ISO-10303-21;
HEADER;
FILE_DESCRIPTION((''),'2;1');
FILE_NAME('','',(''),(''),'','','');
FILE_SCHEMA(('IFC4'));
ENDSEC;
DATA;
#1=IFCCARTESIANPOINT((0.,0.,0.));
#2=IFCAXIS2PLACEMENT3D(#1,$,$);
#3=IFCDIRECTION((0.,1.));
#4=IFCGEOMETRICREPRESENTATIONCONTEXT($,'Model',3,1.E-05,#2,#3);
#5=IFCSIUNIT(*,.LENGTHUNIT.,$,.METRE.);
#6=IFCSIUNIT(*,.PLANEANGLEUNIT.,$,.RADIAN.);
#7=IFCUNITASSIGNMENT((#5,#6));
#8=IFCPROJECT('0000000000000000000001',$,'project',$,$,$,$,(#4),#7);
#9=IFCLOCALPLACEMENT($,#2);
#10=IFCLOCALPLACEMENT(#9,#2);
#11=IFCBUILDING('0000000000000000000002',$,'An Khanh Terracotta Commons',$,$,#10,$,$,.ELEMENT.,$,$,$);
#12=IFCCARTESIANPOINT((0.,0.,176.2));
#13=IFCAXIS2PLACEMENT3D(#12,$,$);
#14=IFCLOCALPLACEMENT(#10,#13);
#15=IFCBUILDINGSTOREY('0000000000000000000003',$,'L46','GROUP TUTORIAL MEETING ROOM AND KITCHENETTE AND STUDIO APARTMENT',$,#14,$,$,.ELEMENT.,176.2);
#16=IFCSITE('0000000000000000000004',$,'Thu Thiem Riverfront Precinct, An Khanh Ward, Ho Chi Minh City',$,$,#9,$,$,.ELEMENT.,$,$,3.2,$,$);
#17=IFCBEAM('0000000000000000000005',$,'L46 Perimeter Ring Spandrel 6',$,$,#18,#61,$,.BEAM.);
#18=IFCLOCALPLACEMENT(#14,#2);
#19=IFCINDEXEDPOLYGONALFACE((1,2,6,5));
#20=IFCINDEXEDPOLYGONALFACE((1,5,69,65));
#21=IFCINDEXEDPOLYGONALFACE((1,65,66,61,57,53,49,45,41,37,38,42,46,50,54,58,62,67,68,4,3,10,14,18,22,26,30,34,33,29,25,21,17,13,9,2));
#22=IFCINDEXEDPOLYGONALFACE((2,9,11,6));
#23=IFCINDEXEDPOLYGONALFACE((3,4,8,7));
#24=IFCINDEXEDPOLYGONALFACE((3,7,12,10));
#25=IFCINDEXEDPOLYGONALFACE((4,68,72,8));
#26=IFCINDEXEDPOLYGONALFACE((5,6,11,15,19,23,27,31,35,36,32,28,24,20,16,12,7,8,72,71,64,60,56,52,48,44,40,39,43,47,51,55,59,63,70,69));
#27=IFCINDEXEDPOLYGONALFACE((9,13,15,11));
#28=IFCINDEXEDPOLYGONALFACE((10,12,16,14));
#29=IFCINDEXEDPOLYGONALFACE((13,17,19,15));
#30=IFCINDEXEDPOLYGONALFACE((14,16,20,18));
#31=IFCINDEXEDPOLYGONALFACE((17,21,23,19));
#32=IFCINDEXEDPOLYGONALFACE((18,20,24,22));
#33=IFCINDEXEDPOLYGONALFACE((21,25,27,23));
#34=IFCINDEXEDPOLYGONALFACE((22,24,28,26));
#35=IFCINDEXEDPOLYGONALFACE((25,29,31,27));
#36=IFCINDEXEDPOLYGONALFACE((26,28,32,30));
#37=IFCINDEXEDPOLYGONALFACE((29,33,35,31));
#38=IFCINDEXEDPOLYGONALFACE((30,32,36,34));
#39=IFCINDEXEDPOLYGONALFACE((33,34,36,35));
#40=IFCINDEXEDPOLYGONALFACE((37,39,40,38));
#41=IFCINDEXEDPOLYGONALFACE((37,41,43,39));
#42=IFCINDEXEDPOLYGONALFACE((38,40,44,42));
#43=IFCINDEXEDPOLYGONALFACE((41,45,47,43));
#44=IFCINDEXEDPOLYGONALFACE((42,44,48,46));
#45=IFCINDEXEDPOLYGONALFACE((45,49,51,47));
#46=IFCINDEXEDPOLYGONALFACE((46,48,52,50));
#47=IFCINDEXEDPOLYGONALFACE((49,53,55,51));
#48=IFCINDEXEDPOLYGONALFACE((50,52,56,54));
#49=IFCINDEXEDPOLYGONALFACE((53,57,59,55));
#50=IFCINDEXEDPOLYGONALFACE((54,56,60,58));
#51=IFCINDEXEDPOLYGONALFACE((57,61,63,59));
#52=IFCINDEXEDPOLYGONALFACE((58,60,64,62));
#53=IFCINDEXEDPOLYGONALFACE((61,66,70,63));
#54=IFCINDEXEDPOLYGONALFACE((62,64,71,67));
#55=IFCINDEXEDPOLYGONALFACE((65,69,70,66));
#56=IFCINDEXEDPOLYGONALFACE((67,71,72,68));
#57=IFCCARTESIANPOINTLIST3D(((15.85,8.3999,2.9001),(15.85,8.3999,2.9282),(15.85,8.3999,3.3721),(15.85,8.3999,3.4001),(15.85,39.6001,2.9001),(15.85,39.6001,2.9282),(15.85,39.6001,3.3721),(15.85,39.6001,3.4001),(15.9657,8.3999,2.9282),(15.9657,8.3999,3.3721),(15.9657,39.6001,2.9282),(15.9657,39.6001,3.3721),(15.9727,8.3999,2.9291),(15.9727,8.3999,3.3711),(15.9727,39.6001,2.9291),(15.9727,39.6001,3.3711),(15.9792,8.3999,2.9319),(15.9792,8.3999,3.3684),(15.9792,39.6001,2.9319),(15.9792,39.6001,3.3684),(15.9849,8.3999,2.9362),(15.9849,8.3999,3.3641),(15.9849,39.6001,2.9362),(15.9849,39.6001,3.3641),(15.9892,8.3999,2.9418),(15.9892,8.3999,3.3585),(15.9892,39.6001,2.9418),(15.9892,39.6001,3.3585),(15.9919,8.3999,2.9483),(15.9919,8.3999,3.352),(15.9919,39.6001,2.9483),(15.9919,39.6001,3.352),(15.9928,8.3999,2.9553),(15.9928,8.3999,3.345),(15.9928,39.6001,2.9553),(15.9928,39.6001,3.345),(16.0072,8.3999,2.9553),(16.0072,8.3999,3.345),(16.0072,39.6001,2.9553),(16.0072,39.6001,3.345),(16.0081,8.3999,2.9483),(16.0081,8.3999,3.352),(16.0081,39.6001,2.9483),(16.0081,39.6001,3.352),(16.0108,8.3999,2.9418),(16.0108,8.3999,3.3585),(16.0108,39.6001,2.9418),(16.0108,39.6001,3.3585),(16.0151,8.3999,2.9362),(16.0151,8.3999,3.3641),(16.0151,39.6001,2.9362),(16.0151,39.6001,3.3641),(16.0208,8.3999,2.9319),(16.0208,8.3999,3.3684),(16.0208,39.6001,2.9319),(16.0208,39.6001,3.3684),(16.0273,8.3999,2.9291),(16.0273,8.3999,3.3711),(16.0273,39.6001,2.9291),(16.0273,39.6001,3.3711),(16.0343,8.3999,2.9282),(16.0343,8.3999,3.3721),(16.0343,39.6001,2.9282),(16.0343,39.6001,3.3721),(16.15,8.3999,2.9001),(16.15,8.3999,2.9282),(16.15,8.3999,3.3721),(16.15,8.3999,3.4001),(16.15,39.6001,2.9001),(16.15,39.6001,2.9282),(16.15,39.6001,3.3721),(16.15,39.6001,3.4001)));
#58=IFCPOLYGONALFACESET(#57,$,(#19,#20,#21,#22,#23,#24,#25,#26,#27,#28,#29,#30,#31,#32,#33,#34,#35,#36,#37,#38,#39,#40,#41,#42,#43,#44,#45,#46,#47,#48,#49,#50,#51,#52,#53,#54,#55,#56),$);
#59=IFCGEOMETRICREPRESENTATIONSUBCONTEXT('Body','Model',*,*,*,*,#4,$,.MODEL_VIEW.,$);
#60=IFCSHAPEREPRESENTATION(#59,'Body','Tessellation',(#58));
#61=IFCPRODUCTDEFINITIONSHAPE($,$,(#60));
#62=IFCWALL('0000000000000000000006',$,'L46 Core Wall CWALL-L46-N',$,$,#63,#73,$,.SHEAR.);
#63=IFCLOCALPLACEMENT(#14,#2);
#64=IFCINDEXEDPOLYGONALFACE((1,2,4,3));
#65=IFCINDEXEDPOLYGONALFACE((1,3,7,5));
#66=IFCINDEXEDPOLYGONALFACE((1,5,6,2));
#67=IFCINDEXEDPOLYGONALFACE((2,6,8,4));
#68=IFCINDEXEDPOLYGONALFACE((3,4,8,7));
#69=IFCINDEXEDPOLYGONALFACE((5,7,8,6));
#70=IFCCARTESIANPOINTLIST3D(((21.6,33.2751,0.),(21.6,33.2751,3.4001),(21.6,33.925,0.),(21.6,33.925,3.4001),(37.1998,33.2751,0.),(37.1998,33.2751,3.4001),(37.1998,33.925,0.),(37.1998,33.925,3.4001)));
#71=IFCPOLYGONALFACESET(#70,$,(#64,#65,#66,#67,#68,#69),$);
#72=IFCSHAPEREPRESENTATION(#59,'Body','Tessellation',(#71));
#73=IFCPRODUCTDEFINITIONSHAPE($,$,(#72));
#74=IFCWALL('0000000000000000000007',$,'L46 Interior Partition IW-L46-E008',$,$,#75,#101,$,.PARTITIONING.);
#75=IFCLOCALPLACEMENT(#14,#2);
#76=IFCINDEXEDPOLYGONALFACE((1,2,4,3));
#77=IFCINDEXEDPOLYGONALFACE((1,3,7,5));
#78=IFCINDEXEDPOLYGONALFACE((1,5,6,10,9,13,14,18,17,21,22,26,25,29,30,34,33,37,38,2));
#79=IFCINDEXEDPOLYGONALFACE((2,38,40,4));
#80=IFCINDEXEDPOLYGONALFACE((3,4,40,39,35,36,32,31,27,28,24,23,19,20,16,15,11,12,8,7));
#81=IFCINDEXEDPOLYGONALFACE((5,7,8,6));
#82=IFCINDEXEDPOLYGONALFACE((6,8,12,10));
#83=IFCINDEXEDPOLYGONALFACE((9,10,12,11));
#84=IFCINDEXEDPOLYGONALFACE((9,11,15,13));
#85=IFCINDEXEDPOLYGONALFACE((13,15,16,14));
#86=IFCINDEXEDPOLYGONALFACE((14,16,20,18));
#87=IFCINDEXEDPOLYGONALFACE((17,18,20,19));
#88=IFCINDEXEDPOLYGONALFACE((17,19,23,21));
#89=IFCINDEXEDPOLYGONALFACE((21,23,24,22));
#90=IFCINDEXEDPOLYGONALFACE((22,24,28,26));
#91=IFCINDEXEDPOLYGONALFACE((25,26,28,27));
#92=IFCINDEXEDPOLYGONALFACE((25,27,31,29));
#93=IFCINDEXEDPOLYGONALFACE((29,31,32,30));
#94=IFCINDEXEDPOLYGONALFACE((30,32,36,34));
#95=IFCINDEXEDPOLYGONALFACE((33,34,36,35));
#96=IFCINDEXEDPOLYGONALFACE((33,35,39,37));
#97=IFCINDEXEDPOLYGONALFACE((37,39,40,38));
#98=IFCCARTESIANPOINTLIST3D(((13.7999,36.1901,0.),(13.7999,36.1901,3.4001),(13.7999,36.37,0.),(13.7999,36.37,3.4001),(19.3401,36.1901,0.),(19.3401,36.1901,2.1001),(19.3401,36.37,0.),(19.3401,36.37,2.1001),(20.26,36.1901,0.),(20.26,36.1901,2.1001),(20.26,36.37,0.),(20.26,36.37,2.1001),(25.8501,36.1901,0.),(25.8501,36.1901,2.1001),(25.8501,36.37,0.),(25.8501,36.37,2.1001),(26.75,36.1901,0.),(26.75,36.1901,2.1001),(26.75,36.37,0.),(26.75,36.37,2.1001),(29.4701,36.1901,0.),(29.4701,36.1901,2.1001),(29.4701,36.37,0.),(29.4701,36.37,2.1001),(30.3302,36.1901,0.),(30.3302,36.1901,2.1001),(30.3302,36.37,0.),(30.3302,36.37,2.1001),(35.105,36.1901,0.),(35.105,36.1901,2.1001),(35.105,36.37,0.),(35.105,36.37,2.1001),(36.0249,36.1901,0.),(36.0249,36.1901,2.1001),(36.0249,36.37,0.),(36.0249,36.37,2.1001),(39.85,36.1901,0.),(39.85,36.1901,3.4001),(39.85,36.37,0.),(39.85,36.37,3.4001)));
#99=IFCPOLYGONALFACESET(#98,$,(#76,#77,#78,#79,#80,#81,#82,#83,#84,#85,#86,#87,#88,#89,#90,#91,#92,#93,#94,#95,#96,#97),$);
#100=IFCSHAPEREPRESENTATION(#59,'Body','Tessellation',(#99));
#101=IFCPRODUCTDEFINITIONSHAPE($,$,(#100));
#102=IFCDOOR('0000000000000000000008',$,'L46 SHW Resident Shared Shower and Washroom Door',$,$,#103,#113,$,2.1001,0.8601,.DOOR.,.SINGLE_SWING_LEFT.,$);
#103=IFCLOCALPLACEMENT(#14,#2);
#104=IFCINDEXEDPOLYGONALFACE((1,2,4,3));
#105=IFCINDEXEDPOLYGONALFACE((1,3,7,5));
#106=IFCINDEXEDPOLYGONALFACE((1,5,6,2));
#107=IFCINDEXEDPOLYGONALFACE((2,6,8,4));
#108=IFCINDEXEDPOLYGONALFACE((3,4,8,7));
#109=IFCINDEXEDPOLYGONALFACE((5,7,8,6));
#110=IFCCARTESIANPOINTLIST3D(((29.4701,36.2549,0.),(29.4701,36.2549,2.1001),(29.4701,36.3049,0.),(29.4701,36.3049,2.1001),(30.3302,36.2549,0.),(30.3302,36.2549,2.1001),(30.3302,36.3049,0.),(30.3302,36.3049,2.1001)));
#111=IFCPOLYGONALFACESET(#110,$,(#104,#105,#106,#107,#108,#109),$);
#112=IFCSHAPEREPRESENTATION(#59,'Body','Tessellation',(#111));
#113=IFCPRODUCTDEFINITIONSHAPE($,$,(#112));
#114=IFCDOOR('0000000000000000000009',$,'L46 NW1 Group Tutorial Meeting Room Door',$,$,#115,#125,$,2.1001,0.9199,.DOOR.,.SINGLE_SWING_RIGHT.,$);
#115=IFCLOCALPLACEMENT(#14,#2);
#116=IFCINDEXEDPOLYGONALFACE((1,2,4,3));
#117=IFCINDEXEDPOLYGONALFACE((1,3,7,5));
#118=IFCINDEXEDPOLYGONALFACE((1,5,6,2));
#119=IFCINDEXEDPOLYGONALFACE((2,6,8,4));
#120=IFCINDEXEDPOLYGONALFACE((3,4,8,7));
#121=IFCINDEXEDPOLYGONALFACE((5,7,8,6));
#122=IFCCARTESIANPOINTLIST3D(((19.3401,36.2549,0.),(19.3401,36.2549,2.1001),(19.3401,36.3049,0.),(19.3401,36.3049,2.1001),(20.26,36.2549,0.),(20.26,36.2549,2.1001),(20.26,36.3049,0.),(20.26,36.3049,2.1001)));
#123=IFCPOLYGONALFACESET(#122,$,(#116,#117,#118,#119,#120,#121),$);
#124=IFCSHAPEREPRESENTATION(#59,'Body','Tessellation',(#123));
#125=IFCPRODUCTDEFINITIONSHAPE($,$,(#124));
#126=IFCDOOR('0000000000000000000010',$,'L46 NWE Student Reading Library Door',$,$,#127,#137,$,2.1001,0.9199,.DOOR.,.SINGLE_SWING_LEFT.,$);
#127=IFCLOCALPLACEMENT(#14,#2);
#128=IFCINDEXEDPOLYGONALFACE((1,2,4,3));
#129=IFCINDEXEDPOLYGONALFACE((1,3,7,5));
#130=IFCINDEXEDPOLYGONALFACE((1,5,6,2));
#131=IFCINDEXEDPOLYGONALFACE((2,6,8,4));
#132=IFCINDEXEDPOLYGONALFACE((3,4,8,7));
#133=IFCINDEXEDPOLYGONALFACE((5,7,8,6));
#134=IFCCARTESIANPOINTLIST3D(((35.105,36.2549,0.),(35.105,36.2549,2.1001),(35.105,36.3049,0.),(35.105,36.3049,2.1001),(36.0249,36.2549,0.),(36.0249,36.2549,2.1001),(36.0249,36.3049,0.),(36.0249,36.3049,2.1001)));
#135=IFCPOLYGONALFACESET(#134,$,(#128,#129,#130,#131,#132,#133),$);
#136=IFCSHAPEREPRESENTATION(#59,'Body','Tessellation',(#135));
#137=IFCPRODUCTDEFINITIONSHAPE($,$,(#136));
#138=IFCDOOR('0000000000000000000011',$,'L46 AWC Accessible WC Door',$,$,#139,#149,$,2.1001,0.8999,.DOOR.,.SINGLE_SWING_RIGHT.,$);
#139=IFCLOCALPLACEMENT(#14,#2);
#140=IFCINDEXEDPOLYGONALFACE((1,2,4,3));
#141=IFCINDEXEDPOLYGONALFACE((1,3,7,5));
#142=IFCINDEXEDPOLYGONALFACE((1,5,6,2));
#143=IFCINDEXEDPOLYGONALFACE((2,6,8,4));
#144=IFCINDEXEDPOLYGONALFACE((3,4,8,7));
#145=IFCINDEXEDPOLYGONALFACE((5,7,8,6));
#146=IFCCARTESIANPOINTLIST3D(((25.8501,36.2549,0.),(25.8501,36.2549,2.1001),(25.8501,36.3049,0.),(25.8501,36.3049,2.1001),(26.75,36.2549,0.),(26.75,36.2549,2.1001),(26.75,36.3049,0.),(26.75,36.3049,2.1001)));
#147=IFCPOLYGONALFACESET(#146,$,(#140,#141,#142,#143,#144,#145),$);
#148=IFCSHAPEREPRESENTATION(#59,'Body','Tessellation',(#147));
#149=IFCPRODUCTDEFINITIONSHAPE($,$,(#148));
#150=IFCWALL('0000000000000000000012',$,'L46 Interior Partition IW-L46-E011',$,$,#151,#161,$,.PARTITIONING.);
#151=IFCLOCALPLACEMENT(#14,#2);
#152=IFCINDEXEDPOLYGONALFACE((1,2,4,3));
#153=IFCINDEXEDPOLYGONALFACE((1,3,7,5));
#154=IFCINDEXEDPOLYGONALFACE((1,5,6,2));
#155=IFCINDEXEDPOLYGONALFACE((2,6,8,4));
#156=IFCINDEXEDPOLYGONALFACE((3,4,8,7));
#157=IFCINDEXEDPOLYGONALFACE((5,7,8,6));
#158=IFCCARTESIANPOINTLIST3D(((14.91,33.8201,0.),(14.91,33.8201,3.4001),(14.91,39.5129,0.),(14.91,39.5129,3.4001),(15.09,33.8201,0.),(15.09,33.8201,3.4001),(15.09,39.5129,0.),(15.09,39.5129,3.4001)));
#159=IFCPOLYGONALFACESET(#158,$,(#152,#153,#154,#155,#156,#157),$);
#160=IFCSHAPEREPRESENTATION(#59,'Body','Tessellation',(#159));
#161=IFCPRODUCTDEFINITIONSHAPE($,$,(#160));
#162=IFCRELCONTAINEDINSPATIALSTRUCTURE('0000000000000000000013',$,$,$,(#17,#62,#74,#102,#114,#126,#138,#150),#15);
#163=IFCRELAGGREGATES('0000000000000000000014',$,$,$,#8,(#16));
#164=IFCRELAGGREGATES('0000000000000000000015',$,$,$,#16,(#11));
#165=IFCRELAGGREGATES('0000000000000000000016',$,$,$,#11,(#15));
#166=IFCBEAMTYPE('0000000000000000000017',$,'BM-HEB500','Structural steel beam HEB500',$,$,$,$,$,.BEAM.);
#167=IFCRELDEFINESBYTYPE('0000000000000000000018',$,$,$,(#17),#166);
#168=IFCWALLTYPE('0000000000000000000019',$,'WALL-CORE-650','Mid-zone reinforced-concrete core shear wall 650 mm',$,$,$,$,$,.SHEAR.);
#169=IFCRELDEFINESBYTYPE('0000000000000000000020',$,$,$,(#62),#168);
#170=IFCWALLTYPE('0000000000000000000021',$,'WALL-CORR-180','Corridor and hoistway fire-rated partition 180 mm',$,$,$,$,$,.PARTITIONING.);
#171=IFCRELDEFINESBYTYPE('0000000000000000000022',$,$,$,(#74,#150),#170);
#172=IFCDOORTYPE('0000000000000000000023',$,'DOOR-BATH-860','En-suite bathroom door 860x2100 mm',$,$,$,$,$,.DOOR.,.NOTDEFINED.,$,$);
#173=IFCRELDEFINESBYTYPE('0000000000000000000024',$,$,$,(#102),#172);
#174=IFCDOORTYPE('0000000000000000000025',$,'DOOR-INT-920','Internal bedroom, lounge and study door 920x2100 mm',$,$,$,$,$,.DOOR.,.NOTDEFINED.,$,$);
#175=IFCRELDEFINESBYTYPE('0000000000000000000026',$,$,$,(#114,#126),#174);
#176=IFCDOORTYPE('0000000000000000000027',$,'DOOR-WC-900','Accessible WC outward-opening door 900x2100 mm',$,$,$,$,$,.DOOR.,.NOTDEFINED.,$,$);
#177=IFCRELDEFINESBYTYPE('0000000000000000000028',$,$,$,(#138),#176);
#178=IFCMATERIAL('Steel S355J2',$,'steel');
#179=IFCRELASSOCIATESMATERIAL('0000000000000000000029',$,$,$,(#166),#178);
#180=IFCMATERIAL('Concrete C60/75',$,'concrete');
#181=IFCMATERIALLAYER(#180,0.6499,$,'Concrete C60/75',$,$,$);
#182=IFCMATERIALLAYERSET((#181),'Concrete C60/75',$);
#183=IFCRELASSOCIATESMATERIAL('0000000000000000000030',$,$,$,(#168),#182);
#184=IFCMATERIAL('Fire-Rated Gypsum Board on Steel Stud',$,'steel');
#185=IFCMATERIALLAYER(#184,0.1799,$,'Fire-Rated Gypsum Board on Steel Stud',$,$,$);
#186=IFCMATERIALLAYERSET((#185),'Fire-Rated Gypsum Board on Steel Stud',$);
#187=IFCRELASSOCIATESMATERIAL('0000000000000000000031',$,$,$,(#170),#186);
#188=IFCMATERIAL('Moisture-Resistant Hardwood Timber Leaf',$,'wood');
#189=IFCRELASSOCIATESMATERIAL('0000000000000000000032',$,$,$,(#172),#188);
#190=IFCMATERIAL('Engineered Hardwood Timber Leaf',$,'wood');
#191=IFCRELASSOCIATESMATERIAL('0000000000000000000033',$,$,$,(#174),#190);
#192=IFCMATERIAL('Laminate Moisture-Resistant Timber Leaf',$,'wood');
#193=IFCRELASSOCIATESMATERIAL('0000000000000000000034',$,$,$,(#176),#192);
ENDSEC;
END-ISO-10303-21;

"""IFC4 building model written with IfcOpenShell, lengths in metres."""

from ifc_helpers import new_model, si_unit, direction, frame, frame_2d, origin, origin_2d, place, context, subcontext, project, spatial, rectangle, i_section, extrude, material, layer, layer_set, material_profile, profile_set, type_object, element, fill, save


model = new_model("IFC4")

# Units and contexts
model_context = context("Model", 3, precision=1e-05, world=origin(), true_north=direction((0.0, 1.0)))
body_context = subcontext(model_context, "Body", "Model", "MODEL_VIEW")
ifc_project = project(units=[si_unit("LENGTHUNIT", "METRE"), si_unit("PLANEANGLEUNIT", "RADIAN")], contexts=[model_context])

# Site, building, storey
site_placement = place(None, origin())
site = spatial("IfcSite", under=ifc_project, at=site_placement, Name="Thu Thiem Riverfront Precinct, An Khanh Ward, Ho Chi Minh City", CompositionType="ELEMENT", RefElevation=3.2)
building_placement = place(site_placement, origin())
building = spatial("IfcBuilding", under=site, at=building_placement, Name="An Khanh Terracotta Commons", CompositionType="ELEMENT")
storey_placement = place(building_placement, frame((0.0, 0.0, 176.2)))
storey = spatial("IfcBuildingStorey", under=building, at=storey_placement, Name="L46", Description="GROUP TUTORIAL MEETING ROOM AND KITCHENETTE AND STUDIO APARTMENT", CompositionType="ELEMENT", Elevation=176.2)

# Shared definitions
ifc_material_1 = material(Name="Concrete C60/75", Category="concrete")

# Beam
ifc_material_2 = material(Name="Steel S355J2", Category="steel")
ifc_material_profile_1 = material_profile(ifc_material_2, i_section(OverallWidth=0.3, OverallDepth=0.5, WebThickness=0.0144, FlangeThickness=0.0281, FilletRadius=0.0271, at=origin_2d()), Name="HEB500")
ifc_profile_set_1 = profile_set([ifc_material_profile_1], Name="Steel S355J2")
beam_type_1 = type_object("IfcBeamType", Name="BM-HEB500", Description="Structural steel beam HEB500", PredefinedType="BEAM", material=ifc_profile_set_1)
beam_1_placement = place(storey_placement, frame((16.0, 39.6001, 3.1501), z_axis=(0.0, -1.0, 0.0), x_axis=(1.0, 0.0, 0.0)))
element("IfcBeam", 1, at=beam_1_placement, inside=storey, type_object=beam_type_1, Name="L46 Perimeter Ring Spandrel 6", PredefinedType="BEAM", context=body_context, shape_type="SweptSolid", body=[
    extrude(i_section(OverallWidth=0.3, OverallDepth=0.5, WebThickness=0.0144, FlangeThickness=0.0281, FilletRadius=0.0271, at=origin_2d()), origin(), (0.0, 0.0, 1.0), 31.2002),
])

# Wall
ifc_layer_1 = layer(ifc_material_1, 0.6499, Name="Concrete C60/75")
ifc_layer_set_1 = layer_set([ifc_layer_1], Name="Concrete C60/75")
wall_type_1 = type_object("IfcWallType", Name="WALL-CORE-650", Description="Mid-zone reinforced-concrete core shear wall 650 mm", PredefinedType="SHEAR", material=ifc_layer_set_1)
wall_1_placement = place(storey_placement, frame((21.6001, 33.6001, 0.0), z_axis=(0.0, 0.0, 1.0), x_axis=(1.0, 0.0, 0.0)))
element("IfcWall", 2, at=wall_1_placement, inside=storey, type_object=wall_type_1, Name="L46 Core Wall CWALL-L46-N", PredefinedType="SHEAR", context=body_context, shape_type="SweptSolid", body=[
    extrude(rectangle(XDim=15.5999, YDim=0.6499, at=frame_2d((7.7998, 0.0))), origin(), (0.0, 0.0, 1.0), 3.4001),
])

# Wall, openings, doors
ifc_material_3 = material(Name="Fire-Rated Gypsum Board on Steel Stud", Category="steel")
ifc_layer_2 = layer(ifc_material_3, 0.1799, Name="Fire-Rated Gypsum Board on Steel Stud")
ifc_layer_set_2 = layer_set([ifc_layer_2], Name="Fire-Rated Gypsum Board on Steel Stud")
wall_type_2 = type_object("IfcWallType", Name="WALL-CORR-180", Description="Corridor and hoistway fire-rated partition 180 mm", PredefinedType="PARTITIONING", material=ifc_layer_set_2)
wall_2_placement = place(storey_placement, frame((13.8, 36.28, 0.0), z_axis=(0.0, 0.0, 1.0), x_axis=(1.0, 0.0, 0.0)))
wall_2 = element("IfcWall", 3, at=wall_2_placement, inside=storey, type_object=wall_type_2, Name="L46 Interior Partition IW-L46-E008", PredefinedType="PARTITIONING", context=body_context, shape_type="SweptSolid", body=[
    extrude(rectangle(XDim=26.05, YDim=0.1799, at=frame_2d((13.0249, 0.0))), origin(), (0.0, 0.0, 1.0), 3.4001),
])
opening_1_placement = place(wall_2_placement, frame((12.05, 0.0, 0.0)))
opening_1 = element("IfcOpeningElement", 4, at=opening_1_placement, cuts=wall_2, PredefinedType="OPENING", context=body_context, shape_type="SweptSolid", body=[
    extrude(rectangle(XDim=0.8999, YDim=2.1001, at=frame_2d((0.45, 1.05))), frame((0.0, 0.0999, 0.0), z_axis=(0.0, -1.0, 0.0), x_axis=(1.0, 0.0, 0.0)), (0.0, 0.0, 1.0), 0.2),
])
opening_2_placement = place(wall_2_placement, frame((15.6699, 0.0, 0.0)))
opening_2 = element("IfcOpeningElement", 5, at=opening_2_placement, cuts=wall_2, PredefinedType="OPENING", context=body_context, shape_type="SweptSolid", body=[
    extrude(rectangle(XDim=0.8601, YDim=2.1001, at=frame_2d((0.4302, 1.05))), frame((0.0, 0.0999, 0.0), z_axis=(0.0, -1.0, 0.0), x_axis=(1.0, 0.0, 0.0)), (0.0, 0.0, 1.0), 0.2),
])
opening_3_placement = place(wall_2_placement, frame((5.54, 0.0, 0.0)))
opening_3 = element("IfcOpeningElement", 6, at=opening_3_placement, cuts=wall_2, PredefinedType="OPENING", context=body_context, shape_type="SweptSolid", body=[
    extrude(rectangle(XDim=0.9199, YDim=2.1001, at=frame_2d((0.46, 1.05))), frame((0.0, 0.0999, 0.0), z_axis=(0.0, -1.0, 0.0), x_axis=(1.0, 0.0, 0.0)), (0.0, 0.0, 1.0), 0.2),
])
opening_4_placement = place(wall_2_placement, frame((21.3049, 0.0, 0.0)))
opening_4 = element("IfcOpeningElement", 7, at=opening_4_placement, cuts=wall_2, PredefinedType="OPENING", context=body_context, shape_type="SweptSolid", body=[
    extrude(rectangle(XDim=0.9199, YDim=2.1001, at=frame_2d((0.46, 1.05))), frame((0.0, 0.0999, 0.0), z_axis=(0.0, -1.0, 0.0), x_axis=(1.0, 0.0, 0.0)), (0.0, 0.0, 1.0), 0.2),
])
ifc_material_4 = material(Name="Moisture-Resistant Hardwood Timber Leaf", Category="wood")
door_type_1 = type_object("IfcDoorType", Name="DOOR-BATH-860", Description="En-suite bathroom door 860x2100 mm", OperationType="NOTDEFINED", PredefinedType="DOOR", material=ifc_material_4)
door_1_placement = place(opening_2_placement, origin())
door_1 = element("IfcDoor", 8, at=door_1_placement, inside=storey, type_object=door_type_1, Name="L46 SHW Resident Shared Shower and Washroom Door", OperationType="SINGLE_SWING_LEFT", OverallHeight=2.1001, OverallWidth=0.8601, PredefinedType="DOOR", context=body_context, shape_type="SweptSolid", body=[
    extrude(rectangle(XDim=0.8601, YDim=2.1001, at=frame_2d((0.4302, 1.05))), frame((0.0, 0.0249, 0.0), z_axis=(0.0, -1.0, 0.0), x_axis=(1.0, 0.0, 0.0)), (0.0, 0.0, 1.0), 0.05),
])
fill(opening_2, door_1)
ifc_material_5 = material(Name="Engineered Hardwood Timber Leaf", Category="wood")
door_type_2 = type_object("IfcDoorType", Name="DOOR-INT-920", Description="Internal bedroom, lounge and study door 920x2100 mm", OperationType="NOTDEFINED", PredefinedType="DOOR", material=ifc_material_5)
door_2_placement = place(opening_3_placement, origin())
door_2 = element("IfcDoor", 9, at=door_2_placement, inside=storey, type_object=door_type_2, Name="L46 NW1 Group Tutorial Meeting Room Door", OperationType="SINGLE_SWING_RIGHT", OverallHeight=2.1001, OverallWidth=0.9199, PredefinedType="DOOR", context=body_context, shape_type="SweptSolid", body=[
    extrude(rectangle(XDim=0.9199, YDim=2.1001, at=frame_2d((0.46, 1.05))), frame((0.0, 0.0249, 0.0), z_axis=(0.0, -1.0, 0.0), x_axis=(1.0, 0.0, 0.0)), (0.0, 0.0, 1.0), 0.05),
])
fill(opening_3, door_2)
door_3_placement = place(opening_4_placement, origin())
door_3 = element("IfcDoor", 10, at=door_3_placement, inside=storey, type_object=door_type_2, Name="L46 NWE Student Reading Library Door", OperationType="SINGLE_SWING_LEFT", OverallHeight=2.1001, OverallWidth=0.9199, PredefinedType="DOOR", context=body_context, shape_type="SweptSolid", body=[
    extrude(rectangle(XDim=0.9199, YDim=2.1001, at=frame_2d((0.46, 1.05))), frame((0.0, 0.0249, 0.0), z_axis=(0.0, -1.0, 0.0), x_axis=(1.0, 0.0, 0.0)), (0.0, 0.0, 1.0), 0.05),
])
fill(opening_4, door_3)
ifc_material_6 = material(Name="Laminate Moisture-Resistant Timber Leaf", Category="wood")
door_type_3 = type_object("IfcDoorType", Name="DOOR-WC-900", Description="Accessible WC outward-opening door 900x2100 mm", OperationType="NOTDEFINED", PredefinedType="DOOR", material=ifc_material_6)
door_4_placement = place(opening_1_placement, origin())
door_4 = element("IfcDoor", 11, at=door_4_placement, inside=storey, type_object=door_type_3, Name="L46 AWC Accessible WC Door", OperationType="SINGLE_SWING_RIGHT", OverallHeight=2.1001, OverallWidth=0.8999, PredefinedType="DOOR", context=body_context, shape_type="SweptSolid", body=[
    extrude(rectangle(XDim=0.8999, YDim=2.1001, at=frame_2d((0.45, 1.05))), frame((0.0, 0.0249, 0.0), z_axis=(0.0, -1.0, 0.0), x_axis=(1.0, 0.0, 0.0)), (0.0, 0.0, 1.0), 0.05),
])
fill(opening_1, door_4)

# Wall
wall_3_placement = place(storey_placement, frame((15.0, 33.8201, 0.0), z_axis=(0.0, 0.0, 1.0), x_axis=(0.0, 1.0, 0.0)))
element("IfcWall", 12, at=wall_3_placement, inside=storey, type_object=wall_type_2, Name="L46 Interior Partition IW-L46-E011", PredefinedType="PARTITIONING", context=body_context, shape_type="SweptSolid", body=[
    extrude(rectangle(XDim=5.6929, YDim=0.1799, at=frame_2d((2.8464, 0.0))), origin(), (0.0, 0.0, 1.0), 3.4001),
])

save(model, "model.ifc")
